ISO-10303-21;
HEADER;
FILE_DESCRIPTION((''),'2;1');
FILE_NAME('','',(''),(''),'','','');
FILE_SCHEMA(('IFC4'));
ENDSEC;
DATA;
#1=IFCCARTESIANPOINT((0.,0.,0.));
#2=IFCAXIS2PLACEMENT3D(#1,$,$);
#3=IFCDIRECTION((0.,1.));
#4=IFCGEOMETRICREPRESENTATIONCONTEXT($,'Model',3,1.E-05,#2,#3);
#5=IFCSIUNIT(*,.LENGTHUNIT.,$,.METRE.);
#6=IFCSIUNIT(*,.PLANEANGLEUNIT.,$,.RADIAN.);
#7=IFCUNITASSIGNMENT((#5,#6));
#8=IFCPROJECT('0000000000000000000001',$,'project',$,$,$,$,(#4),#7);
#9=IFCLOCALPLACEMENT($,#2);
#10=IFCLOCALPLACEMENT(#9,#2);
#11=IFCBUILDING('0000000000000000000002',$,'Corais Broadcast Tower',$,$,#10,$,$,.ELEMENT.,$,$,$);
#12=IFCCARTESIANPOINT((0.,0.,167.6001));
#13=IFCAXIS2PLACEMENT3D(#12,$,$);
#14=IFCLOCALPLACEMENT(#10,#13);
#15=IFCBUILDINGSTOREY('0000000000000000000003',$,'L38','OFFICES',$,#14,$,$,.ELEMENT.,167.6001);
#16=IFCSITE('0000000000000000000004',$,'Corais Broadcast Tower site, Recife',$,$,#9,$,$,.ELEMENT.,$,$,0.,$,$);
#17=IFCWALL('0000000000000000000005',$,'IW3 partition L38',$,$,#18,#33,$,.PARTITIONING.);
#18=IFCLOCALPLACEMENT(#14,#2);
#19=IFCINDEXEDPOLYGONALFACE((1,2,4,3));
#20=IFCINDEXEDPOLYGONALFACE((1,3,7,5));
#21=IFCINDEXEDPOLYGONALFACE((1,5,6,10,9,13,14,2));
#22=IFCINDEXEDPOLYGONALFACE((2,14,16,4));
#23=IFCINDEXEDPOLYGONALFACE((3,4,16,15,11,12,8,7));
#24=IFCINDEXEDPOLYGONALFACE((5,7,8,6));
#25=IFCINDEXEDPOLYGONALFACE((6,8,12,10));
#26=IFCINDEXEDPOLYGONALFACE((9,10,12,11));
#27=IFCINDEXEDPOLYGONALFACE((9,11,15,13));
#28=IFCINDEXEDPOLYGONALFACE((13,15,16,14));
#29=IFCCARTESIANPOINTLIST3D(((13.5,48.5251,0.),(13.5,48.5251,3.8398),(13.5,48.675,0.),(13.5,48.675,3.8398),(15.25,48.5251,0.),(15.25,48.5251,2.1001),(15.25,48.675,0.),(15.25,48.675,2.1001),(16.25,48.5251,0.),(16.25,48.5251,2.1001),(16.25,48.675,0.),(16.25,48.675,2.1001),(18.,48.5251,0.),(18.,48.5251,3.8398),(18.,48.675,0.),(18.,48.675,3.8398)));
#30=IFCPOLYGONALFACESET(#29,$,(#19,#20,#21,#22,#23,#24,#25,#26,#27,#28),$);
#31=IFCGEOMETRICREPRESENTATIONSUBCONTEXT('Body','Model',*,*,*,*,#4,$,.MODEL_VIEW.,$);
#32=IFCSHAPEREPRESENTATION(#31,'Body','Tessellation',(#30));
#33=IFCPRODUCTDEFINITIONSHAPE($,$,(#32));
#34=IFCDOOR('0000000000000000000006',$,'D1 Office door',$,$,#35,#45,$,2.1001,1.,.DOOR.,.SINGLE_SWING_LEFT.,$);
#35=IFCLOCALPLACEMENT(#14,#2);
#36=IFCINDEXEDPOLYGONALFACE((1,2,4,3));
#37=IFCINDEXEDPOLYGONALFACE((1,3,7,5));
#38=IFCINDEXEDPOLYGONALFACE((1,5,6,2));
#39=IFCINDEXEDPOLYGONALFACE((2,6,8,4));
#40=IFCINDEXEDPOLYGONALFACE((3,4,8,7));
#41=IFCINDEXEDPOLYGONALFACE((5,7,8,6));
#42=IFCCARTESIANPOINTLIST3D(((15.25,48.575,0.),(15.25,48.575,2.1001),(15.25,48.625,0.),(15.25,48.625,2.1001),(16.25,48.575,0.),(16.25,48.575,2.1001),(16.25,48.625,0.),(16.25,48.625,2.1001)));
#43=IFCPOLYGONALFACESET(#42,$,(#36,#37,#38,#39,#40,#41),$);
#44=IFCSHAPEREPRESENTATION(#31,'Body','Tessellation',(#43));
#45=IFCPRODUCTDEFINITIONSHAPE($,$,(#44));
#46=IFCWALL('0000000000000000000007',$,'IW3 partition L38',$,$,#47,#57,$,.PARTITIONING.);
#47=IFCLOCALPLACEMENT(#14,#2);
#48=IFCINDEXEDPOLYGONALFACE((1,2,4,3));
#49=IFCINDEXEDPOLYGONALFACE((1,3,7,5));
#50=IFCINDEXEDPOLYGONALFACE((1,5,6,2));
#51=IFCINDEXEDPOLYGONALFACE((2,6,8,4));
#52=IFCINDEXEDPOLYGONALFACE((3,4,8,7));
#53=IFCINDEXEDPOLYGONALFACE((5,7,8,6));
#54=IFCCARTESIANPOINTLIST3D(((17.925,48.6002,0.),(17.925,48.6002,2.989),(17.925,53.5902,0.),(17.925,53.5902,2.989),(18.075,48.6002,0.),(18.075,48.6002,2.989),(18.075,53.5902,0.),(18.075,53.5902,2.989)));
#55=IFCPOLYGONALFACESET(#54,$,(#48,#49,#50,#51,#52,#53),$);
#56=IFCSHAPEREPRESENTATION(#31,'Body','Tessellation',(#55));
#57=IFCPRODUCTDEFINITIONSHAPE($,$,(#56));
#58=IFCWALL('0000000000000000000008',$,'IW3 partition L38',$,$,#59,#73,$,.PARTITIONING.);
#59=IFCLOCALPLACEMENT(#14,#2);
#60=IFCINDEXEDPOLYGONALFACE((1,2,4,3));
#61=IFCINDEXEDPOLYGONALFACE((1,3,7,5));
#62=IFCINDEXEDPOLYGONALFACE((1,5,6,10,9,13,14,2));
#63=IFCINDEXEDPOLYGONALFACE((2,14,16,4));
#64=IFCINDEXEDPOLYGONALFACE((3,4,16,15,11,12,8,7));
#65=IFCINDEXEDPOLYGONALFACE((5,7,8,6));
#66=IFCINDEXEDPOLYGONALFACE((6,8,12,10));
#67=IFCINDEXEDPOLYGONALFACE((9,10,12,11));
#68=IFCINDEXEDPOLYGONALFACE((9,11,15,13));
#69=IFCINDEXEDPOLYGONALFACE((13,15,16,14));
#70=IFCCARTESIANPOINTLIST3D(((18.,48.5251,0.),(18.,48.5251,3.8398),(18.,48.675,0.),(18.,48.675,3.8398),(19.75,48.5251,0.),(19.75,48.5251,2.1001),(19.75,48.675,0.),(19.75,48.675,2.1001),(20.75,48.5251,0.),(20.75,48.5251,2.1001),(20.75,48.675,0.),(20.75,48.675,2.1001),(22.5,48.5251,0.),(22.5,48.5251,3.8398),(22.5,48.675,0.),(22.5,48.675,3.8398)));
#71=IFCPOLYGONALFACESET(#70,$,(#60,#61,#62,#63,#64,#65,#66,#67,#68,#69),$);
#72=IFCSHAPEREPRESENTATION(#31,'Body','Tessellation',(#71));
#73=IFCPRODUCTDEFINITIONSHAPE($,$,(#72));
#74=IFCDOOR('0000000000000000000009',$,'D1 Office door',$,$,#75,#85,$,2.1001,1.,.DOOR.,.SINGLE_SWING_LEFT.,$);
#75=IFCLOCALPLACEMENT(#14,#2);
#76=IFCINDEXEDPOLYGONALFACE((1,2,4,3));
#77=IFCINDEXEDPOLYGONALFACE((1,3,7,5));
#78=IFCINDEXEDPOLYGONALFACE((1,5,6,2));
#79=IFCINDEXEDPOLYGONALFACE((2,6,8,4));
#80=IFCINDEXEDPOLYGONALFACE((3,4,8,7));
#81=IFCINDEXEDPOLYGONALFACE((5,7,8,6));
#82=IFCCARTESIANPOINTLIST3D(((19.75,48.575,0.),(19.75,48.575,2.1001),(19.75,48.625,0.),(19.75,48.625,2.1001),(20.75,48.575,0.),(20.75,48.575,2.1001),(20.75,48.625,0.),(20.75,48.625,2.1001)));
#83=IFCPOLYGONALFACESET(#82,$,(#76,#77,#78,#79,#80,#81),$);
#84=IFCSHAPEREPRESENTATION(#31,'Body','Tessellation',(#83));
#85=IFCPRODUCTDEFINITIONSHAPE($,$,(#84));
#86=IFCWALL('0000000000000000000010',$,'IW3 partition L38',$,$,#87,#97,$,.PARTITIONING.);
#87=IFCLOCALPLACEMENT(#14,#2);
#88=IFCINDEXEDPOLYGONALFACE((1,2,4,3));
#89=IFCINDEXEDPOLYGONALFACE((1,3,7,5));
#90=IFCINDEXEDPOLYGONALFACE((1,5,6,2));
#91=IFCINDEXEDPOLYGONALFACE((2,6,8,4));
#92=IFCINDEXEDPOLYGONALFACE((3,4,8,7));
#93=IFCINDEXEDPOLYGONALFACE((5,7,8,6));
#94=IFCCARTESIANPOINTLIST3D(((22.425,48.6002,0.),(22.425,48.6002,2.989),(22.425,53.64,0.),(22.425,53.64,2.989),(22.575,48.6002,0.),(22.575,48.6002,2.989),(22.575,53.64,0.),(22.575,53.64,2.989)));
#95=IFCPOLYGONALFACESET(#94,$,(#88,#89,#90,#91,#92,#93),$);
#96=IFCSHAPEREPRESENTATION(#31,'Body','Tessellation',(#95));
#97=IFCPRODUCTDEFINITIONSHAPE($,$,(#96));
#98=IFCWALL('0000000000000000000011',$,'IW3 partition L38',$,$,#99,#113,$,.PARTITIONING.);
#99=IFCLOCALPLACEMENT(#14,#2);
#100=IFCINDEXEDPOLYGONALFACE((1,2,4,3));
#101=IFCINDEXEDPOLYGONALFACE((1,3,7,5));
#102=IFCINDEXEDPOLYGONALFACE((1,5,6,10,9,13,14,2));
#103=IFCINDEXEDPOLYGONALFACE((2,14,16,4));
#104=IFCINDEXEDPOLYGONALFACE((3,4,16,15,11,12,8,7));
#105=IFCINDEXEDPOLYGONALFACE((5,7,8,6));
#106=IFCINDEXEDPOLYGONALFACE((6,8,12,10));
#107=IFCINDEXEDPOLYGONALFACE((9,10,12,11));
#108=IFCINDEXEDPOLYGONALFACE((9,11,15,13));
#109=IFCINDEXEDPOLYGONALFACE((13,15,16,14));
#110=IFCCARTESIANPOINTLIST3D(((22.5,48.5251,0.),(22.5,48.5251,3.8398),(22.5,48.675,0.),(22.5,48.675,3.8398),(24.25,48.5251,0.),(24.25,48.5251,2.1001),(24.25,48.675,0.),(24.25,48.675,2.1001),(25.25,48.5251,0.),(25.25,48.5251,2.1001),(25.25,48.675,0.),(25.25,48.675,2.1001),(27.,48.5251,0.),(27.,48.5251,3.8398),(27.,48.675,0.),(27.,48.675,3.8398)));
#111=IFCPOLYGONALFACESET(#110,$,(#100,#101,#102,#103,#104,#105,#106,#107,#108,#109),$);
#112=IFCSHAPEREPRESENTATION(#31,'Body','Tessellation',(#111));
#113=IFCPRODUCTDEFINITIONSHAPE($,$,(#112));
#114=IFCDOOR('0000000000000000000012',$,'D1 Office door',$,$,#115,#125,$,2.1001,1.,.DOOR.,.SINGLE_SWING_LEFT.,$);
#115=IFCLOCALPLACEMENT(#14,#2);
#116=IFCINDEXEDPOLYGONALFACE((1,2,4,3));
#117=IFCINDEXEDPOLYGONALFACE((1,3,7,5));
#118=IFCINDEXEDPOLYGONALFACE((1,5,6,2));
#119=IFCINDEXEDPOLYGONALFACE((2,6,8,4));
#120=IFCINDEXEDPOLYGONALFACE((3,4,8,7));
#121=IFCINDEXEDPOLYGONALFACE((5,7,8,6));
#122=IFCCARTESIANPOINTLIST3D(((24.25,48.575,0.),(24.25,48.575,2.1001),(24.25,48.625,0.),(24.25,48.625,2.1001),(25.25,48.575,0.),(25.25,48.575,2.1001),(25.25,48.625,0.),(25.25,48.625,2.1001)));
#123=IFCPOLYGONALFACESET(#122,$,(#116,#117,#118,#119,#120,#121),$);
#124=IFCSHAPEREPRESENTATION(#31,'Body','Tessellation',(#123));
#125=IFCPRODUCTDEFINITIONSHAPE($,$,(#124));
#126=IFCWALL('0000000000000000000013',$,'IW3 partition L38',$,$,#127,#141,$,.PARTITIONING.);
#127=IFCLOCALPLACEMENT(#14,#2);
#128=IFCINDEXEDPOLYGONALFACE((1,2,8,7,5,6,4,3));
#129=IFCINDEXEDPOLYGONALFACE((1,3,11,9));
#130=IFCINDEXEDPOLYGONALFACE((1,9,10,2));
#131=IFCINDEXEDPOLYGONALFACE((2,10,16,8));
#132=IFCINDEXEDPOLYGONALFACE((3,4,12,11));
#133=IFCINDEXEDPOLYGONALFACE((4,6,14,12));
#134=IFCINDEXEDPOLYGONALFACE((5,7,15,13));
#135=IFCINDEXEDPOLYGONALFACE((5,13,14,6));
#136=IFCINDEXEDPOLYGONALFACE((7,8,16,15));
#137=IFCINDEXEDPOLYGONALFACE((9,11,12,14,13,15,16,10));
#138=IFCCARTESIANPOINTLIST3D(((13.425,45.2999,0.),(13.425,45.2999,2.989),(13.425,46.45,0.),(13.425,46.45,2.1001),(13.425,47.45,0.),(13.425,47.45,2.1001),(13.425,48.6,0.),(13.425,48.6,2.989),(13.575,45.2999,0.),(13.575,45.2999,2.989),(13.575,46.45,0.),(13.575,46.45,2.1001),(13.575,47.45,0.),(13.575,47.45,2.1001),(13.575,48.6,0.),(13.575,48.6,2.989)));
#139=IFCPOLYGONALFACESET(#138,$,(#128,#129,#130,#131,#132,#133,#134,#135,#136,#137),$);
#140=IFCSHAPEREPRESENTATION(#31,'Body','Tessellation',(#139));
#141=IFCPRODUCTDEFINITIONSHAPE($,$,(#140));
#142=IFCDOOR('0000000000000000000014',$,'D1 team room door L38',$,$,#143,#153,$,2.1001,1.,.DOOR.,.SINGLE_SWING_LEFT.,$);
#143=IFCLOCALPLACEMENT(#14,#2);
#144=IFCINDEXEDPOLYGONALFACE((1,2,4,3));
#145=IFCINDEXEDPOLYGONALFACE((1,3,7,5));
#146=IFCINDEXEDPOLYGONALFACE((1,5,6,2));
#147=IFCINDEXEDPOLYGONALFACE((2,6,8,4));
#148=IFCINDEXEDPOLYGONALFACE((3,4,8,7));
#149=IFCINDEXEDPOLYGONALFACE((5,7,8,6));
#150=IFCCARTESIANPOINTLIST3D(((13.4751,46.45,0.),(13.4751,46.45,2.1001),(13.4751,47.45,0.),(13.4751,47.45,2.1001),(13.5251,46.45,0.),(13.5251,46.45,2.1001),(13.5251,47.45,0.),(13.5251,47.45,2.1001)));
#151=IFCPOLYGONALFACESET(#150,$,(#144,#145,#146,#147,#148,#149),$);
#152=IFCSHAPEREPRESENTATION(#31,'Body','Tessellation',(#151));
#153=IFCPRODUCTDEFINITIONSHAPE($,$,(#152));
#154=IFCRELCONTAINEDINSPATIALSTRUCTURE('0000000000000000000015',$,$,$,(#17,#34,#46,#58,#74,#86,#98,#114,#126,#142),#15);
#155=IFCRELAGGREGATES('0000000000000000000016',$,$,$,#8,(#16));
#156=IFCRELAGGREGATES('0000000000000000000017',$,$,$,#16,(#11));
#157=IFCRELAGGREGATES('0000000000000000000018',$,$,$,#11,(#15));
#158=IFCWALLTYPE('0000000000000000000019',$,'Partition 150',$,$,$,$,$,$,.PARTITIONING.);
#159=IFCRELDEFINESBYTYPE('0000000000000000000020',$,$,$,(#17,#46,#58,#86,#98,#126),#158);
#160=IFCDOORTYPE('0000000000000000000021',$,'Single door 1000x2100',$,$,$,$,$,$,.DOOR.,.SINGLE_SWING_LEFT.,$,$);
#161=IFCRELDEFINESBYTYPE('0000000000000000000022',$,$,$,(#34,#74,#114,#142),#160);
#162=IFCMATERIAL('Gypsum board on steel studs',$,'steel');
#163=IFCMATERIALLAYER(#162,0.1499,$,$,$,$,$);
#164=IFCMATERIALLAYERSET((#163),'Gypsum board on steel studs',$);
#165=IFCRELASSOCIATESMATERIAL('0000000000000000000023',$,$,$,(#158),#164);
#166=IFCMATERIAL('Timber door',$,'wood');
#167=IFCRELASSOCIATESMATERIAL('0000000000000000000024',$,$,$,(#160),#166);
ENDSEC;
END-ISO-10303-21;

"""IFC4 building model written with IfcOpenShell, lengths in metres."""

from ifc_helpers import new_model, si_unit, direction, frame, frame_2d, origin, place, context, subcontext, project, spatial, rectangle, extrude, material, layer, layer_set, type_object, element, fill, save


model = new_model("IFC4")

# Units and contexts
model_context = context("Model", 3, precision=1e-05, world=origin(), true_north=direction((0.0, 1.0)))
body_context = subcontext(model_context, "Body", "Model", "MODEL_VIEW")
ifc_project = project(units=[si_unit("LENGTHUNIT", "METRE"), si_unit("PLANEANGLEUNIT", "RADIAN")], contexts=[model_context])

# Site, building, storey
site_placement = place(None, origin())
site = spatial("IfcSite", under=ifc_project, at=site_placement, Name="Corais Broadcast Tower site, Recife", CompositionType="ELEMENT", RefElevation=0.0)
building_placement = place(site_placement, origin())
building = spatial("IfcBuilding", under=site, at=building_placement, Name="Corais Broadcast Tower", CompositionType="ELEMENT")
storey_placement = place(building_placement, frame((0.0, 0.0, 167.6001)))
storey = spatial("IfcBuildingStorey", under=building, at=storey_placement, Name="L38", Description="OFFICES", CompositionType="ELEMENT", Elevation=167.6001)

# Shared definitions
ifc_material_1 = material(Name="Gypsum board on steel studs", Category="steel")
ifc_layer_1 = layer(ifc_material_1, 0.1499)
ifc_layer_set_1 = layer_set([ifc_layer_1], Name="Gypsum board on steel studs")
wall_type = type_object("IfcWallType", Name="Partition 150", PredefinedType="PARTITIONING", material=ifc_layer_set_1)

# Wall, opening, door
wall_1_placement = place(storey_placement, frame((13.5, 48.6001, 0.0), z_axis=(0.0, 0.0, 1.0), x_axis=(1.0, 0.0, 0.0)))
wall_1 = element("IfcWall", 1, at=wall_1_placement, inside=storey, type_object=wall_type, Name="IW3 partition L38", PredefinedType="PARTITIONING", context=body_context, shape_type="SweptSolid", body=[
    extrude(rectangle(XDim=4.5, YDim=0.1499, at=frame_2d((2.25, 0.0))), origin(), (0.0, 0.0, 1.0), 3.8398),
])
opening_1_placement = place(wall_1_placement, frame((1.75, 0.0, 0.0)))
opening_1 = element("IfcOpeningElement", 2, at=opening_1_placement, cuts=wall_1, PredefinedType="OPENING", context=body_context, shape_type="SweptSolid", body=[
    extrude(rectangle(XDim=1.0, YDim=2.1001, at=frame_2d((0.5, 1.05))), frame((0.0, 0.085, 0.0), z_axis=(0.0, -1.0, 0.0), x_axis=(1.0, 0.0, 0.0)), (0.0, 0.0, 1.0), 0.1699),
])
ifc_material_2 = material(Name="Timber door", Category="wood")
door_type = type_object("IfcDoorType", Name="Single door 1000x2100", OperationType="SINGLE_SWING_LEFT", PredefinedType="DOOR", material=ifc_material_2)
door_1_placement = place(opening_1_placement, origin())
door_1 = element("IfcDoor", 3, at=door_1_placement, inside=storey, type_object=door_type, Name="D1 Office door", OperationType="SINGLE_SWING_LEFT", OverallHeight=2.1001, OverallWidth=1.0, PredefinedType="DOOR", context=body_context, shape_type="SweptSolid", body=[
    extrude(rectangle(XDim=1.0, YDim=2.1001, at=frame_2d((0.5, 1.05))), frame((0.0, 0.0249, 0.0), z_axis=(0.0, -1.0, 0.0), x_axis=(1.0, 0.0, 0.0)), (0.0, 0.0, 1.0), 0.05),
])
fill(opening_1, door_1)

# Wall
wall_2_placement = place(storey_placement, frame((18.0, 48.6001, 0.0), z_axis=(0.0, 0.0, 1.0), x_axis=(0.0, 1.0, 0.0)))
element("IfcWall", 4, at=wall_2_placement, inside=storey, type_object=wall_type, Name="IW3 partition L38", PredefinedType="PARTITIONING", context=body_context, shape_type="SweptSolid", body=[
    extrude(rectangle(XDim=4.99, YDim=0.1499, at=frame_2d((2.4951, 0.0))), origin(), (0.0, 0.0, 1.0), 2.989),
])

# Wall, opening, door
wall_3_placement = place(storey_placement, frame((18.0, 48.6001, 0.0), z_axis=(0.0, 0.0, 1.0), x_axis=(1.0, 0.0, 0.0)))
wall_3 = element("IfcWall", 5, at=wall_3_placement, inside=storey, type_object=wall_type, Name="IW3 partition L38", PredefinedType="PARTITIONING", context=body_context, shape_type="SweptSolid", body=[
    extrude(rectangle(XDim=4.5, YDim=0.1499, at=frame_2d((2.25, 0.0))), origin(), (0.0, 0.0, 1.0), 3.8398),
])
opening_2_placement = place(wall_3_placement, frame((1.75, 0.0, 0.0)))
opening_2 = element("IfcOpeningElement", 6, at=opening_2_placement, cuts=wall_3, PredefinedType="OPENING", context=body_context, shape_type="SweptSolid", body=[
    extrude(rectangle(XDim=1.0, YDim=2.1001, at=frame_2d((0.5, 1.05))), frame((0.0, 0.085, 0.0), z_axis=(0.0, -1.0, 0.0), x_axis=(1.0, 0.0, 0.0)), (0.0, 0.0, 1.0), 0.1699),
])
door_2_placement = place(opening_2_placement, origin())
door_2 = element("IfcDoor", 7, at=door_2_placement, inside=storey, type_object=door_type, Name="D1 Office door", OperationType="SINGLE_SWING_LEFT", OverallHeight=2.1001, OverallWidth=1.0, PredefinedType="DOOR", context=body_context, shape_type="SweptSolid", body=[
    extrude(rectangle(XDim=1.0, YDim=2.1001, at=frame_2d((0.5, 1.05))), frame((0.0, 0.0249, 0.0), z_axis=(0.0, -1.0, 0.0), x_axis=(1.0, 0.0, 0.0)), (0.0, 0.0, 1.0), 0.05),
])
fill(opening_2, door_2)

# Wall
wall_4_placement = place(storey_placement, frame((22.5, 48.6001, 0.0), z_axis=(0.0, 0.0, 1.0), x_axis=(0.0, 1.0, 0.0)))
element("IfcWall", 8, at=wall_4_placement, inside=storey, type_object=wall_type, Name="IW3 partition L38", PredefinedType="PARTITIONING", context=body_context, shape_type="SweptSolid", body=[
    extrude(rectangle(XDim=5.0398, YDim=0.1499, at=frame_2d((2.52, 0.0))), origin(), (0.0, 0.0, 1.0), 2.989),
])

# Walls, openings, doors
wall_5_placement = place(storey_placement, frame((22.5, 48.6001, 0.0), z_axis=(0.0, 0.0, 1.0), x_axis=(1.0, 0.0, 0.0)))
wall_5 = element("IfcWall", 9, at=wall_5_placement, inside=storey, type_object=wall_type, Name="IW3 partition L38", PredefinedType="PARTITIONING", context=body_context, shape_type="SweptSolid", body=[
    extrude(rectangle(XDim=4.5, YDim=0.1499, at=frame_2d((2.25, 0.0))), origin(), (0.0, 0.0, 1.0), 3.8398),
])
opening_3_placement = place(wall_5_placement, frame((1.75, 0.0, 0.0)))
opening_3 = element("IfcOpeningElement", 10, at=opening_3_placement, cuts=wall_5, PredefinedType="OPENING", context=body_context, shape_type="SweptSolid", body=[
    extrude(rectangle(XDim=1.0, YDim=2.1001, at=frame_2d((0.5, 1.05))), frame((0.0, 0.085, 0.0), z_axis=(0.0, -1.0, 0.0), x_axis=(1.0, 0.0, 0.0)), (0.0, 0.0, 1.0), 0.1699),
])
door_3_placement = place(opening_3_placement, origin())
door_3 = element("IfcDoor", 11, at=door_3_placement, inside=storey, type_object=door_type, Name="D1 Office door", OperationType="SINGLE_SWING_LEFT", OverallHeight=2.1001, OverallWidth=1.0, PredefinedType="DOOR", context=body_context, shape_type="SweptSolid", body=[
    extrude(rectangle(XDim=1.0, YDim=2.1001, at=frame_2d((0.5, 1.05))), frame((0.0, 0.0249, 0.0), z_axis=(0.0, -1.0, 0.0), x_axis=(1.0, 0.0, 0.0)), (0.0, 0.0, 1.0), 0.05),
])
fill(opening_3, door_3)
wall_6_placement = place(storey_placement, frame((13.5, 45.3, 0.0), z_axis=(0.0, 0.0, 1.0), x_axis=(0.0, 1.0, 0.0)))
wall_6 = element("IfcWall", 12, at=wall_6_placement, inside=storey, type_object=wall_type, Name="IW3 partition L38", PredefinedType="PARTITIONING", context=body_context, shape_type="SweptSolid", body=[
    extrude(rectangle(XDim=3.3, YDim=0.1499, at=frame_2d((1.6499, 0.0))), origin(), (0.0, 0.0, 1.0), 2.989),
])
opening_4_placement = place(wall_6_placement, frame((1.1499, 0.0, 0.0)))
opening_4 = element("IfcOpeningElement", 13, at=opening_4_placement, cuts=wall_6, PredefinedType="OPENING", context=body_context, shape_type="SweptSolid", body=[
    extrude(rectangle(XDim=1.0, YDim=2.1001, at=frame_2d((0.5, 1.05))), frame((0.0, 0.085, 0.0), z_axis=(0.0, -1.0, 0.0), x_axis=(1.0, 0.0, 0.0)), (0.0, 0.0, 1.0), 0.1699),
])
door_4_placement = place(opening_4_placement, origin())
door_4 = element("IfcDoor", 14, at=door_4_placement, inside=storey, type_object=door_type, Name="D1 team room door L38", OperationType="SINGLE_SWING_LEFT", OverallHeight=2.1001, OverallWidth=1.0, PredefinedType="DOOR", context=body_context, shape_type="SweptSolid", body=[
    extrude(rectangle(XDim=1.0, YDim=2.1001, at=frame_2d((0.5, 1.05))), frame((0.0, 0.0249, 0.0), z_axis=(0.0, -1.0, 0.0), x_axis=(1.0, 0.0, 0.0)), (0.0, 0.0, 1.0), 0.05),
])
fill(opening_4, door_4)

save(model, "model.ifc")
